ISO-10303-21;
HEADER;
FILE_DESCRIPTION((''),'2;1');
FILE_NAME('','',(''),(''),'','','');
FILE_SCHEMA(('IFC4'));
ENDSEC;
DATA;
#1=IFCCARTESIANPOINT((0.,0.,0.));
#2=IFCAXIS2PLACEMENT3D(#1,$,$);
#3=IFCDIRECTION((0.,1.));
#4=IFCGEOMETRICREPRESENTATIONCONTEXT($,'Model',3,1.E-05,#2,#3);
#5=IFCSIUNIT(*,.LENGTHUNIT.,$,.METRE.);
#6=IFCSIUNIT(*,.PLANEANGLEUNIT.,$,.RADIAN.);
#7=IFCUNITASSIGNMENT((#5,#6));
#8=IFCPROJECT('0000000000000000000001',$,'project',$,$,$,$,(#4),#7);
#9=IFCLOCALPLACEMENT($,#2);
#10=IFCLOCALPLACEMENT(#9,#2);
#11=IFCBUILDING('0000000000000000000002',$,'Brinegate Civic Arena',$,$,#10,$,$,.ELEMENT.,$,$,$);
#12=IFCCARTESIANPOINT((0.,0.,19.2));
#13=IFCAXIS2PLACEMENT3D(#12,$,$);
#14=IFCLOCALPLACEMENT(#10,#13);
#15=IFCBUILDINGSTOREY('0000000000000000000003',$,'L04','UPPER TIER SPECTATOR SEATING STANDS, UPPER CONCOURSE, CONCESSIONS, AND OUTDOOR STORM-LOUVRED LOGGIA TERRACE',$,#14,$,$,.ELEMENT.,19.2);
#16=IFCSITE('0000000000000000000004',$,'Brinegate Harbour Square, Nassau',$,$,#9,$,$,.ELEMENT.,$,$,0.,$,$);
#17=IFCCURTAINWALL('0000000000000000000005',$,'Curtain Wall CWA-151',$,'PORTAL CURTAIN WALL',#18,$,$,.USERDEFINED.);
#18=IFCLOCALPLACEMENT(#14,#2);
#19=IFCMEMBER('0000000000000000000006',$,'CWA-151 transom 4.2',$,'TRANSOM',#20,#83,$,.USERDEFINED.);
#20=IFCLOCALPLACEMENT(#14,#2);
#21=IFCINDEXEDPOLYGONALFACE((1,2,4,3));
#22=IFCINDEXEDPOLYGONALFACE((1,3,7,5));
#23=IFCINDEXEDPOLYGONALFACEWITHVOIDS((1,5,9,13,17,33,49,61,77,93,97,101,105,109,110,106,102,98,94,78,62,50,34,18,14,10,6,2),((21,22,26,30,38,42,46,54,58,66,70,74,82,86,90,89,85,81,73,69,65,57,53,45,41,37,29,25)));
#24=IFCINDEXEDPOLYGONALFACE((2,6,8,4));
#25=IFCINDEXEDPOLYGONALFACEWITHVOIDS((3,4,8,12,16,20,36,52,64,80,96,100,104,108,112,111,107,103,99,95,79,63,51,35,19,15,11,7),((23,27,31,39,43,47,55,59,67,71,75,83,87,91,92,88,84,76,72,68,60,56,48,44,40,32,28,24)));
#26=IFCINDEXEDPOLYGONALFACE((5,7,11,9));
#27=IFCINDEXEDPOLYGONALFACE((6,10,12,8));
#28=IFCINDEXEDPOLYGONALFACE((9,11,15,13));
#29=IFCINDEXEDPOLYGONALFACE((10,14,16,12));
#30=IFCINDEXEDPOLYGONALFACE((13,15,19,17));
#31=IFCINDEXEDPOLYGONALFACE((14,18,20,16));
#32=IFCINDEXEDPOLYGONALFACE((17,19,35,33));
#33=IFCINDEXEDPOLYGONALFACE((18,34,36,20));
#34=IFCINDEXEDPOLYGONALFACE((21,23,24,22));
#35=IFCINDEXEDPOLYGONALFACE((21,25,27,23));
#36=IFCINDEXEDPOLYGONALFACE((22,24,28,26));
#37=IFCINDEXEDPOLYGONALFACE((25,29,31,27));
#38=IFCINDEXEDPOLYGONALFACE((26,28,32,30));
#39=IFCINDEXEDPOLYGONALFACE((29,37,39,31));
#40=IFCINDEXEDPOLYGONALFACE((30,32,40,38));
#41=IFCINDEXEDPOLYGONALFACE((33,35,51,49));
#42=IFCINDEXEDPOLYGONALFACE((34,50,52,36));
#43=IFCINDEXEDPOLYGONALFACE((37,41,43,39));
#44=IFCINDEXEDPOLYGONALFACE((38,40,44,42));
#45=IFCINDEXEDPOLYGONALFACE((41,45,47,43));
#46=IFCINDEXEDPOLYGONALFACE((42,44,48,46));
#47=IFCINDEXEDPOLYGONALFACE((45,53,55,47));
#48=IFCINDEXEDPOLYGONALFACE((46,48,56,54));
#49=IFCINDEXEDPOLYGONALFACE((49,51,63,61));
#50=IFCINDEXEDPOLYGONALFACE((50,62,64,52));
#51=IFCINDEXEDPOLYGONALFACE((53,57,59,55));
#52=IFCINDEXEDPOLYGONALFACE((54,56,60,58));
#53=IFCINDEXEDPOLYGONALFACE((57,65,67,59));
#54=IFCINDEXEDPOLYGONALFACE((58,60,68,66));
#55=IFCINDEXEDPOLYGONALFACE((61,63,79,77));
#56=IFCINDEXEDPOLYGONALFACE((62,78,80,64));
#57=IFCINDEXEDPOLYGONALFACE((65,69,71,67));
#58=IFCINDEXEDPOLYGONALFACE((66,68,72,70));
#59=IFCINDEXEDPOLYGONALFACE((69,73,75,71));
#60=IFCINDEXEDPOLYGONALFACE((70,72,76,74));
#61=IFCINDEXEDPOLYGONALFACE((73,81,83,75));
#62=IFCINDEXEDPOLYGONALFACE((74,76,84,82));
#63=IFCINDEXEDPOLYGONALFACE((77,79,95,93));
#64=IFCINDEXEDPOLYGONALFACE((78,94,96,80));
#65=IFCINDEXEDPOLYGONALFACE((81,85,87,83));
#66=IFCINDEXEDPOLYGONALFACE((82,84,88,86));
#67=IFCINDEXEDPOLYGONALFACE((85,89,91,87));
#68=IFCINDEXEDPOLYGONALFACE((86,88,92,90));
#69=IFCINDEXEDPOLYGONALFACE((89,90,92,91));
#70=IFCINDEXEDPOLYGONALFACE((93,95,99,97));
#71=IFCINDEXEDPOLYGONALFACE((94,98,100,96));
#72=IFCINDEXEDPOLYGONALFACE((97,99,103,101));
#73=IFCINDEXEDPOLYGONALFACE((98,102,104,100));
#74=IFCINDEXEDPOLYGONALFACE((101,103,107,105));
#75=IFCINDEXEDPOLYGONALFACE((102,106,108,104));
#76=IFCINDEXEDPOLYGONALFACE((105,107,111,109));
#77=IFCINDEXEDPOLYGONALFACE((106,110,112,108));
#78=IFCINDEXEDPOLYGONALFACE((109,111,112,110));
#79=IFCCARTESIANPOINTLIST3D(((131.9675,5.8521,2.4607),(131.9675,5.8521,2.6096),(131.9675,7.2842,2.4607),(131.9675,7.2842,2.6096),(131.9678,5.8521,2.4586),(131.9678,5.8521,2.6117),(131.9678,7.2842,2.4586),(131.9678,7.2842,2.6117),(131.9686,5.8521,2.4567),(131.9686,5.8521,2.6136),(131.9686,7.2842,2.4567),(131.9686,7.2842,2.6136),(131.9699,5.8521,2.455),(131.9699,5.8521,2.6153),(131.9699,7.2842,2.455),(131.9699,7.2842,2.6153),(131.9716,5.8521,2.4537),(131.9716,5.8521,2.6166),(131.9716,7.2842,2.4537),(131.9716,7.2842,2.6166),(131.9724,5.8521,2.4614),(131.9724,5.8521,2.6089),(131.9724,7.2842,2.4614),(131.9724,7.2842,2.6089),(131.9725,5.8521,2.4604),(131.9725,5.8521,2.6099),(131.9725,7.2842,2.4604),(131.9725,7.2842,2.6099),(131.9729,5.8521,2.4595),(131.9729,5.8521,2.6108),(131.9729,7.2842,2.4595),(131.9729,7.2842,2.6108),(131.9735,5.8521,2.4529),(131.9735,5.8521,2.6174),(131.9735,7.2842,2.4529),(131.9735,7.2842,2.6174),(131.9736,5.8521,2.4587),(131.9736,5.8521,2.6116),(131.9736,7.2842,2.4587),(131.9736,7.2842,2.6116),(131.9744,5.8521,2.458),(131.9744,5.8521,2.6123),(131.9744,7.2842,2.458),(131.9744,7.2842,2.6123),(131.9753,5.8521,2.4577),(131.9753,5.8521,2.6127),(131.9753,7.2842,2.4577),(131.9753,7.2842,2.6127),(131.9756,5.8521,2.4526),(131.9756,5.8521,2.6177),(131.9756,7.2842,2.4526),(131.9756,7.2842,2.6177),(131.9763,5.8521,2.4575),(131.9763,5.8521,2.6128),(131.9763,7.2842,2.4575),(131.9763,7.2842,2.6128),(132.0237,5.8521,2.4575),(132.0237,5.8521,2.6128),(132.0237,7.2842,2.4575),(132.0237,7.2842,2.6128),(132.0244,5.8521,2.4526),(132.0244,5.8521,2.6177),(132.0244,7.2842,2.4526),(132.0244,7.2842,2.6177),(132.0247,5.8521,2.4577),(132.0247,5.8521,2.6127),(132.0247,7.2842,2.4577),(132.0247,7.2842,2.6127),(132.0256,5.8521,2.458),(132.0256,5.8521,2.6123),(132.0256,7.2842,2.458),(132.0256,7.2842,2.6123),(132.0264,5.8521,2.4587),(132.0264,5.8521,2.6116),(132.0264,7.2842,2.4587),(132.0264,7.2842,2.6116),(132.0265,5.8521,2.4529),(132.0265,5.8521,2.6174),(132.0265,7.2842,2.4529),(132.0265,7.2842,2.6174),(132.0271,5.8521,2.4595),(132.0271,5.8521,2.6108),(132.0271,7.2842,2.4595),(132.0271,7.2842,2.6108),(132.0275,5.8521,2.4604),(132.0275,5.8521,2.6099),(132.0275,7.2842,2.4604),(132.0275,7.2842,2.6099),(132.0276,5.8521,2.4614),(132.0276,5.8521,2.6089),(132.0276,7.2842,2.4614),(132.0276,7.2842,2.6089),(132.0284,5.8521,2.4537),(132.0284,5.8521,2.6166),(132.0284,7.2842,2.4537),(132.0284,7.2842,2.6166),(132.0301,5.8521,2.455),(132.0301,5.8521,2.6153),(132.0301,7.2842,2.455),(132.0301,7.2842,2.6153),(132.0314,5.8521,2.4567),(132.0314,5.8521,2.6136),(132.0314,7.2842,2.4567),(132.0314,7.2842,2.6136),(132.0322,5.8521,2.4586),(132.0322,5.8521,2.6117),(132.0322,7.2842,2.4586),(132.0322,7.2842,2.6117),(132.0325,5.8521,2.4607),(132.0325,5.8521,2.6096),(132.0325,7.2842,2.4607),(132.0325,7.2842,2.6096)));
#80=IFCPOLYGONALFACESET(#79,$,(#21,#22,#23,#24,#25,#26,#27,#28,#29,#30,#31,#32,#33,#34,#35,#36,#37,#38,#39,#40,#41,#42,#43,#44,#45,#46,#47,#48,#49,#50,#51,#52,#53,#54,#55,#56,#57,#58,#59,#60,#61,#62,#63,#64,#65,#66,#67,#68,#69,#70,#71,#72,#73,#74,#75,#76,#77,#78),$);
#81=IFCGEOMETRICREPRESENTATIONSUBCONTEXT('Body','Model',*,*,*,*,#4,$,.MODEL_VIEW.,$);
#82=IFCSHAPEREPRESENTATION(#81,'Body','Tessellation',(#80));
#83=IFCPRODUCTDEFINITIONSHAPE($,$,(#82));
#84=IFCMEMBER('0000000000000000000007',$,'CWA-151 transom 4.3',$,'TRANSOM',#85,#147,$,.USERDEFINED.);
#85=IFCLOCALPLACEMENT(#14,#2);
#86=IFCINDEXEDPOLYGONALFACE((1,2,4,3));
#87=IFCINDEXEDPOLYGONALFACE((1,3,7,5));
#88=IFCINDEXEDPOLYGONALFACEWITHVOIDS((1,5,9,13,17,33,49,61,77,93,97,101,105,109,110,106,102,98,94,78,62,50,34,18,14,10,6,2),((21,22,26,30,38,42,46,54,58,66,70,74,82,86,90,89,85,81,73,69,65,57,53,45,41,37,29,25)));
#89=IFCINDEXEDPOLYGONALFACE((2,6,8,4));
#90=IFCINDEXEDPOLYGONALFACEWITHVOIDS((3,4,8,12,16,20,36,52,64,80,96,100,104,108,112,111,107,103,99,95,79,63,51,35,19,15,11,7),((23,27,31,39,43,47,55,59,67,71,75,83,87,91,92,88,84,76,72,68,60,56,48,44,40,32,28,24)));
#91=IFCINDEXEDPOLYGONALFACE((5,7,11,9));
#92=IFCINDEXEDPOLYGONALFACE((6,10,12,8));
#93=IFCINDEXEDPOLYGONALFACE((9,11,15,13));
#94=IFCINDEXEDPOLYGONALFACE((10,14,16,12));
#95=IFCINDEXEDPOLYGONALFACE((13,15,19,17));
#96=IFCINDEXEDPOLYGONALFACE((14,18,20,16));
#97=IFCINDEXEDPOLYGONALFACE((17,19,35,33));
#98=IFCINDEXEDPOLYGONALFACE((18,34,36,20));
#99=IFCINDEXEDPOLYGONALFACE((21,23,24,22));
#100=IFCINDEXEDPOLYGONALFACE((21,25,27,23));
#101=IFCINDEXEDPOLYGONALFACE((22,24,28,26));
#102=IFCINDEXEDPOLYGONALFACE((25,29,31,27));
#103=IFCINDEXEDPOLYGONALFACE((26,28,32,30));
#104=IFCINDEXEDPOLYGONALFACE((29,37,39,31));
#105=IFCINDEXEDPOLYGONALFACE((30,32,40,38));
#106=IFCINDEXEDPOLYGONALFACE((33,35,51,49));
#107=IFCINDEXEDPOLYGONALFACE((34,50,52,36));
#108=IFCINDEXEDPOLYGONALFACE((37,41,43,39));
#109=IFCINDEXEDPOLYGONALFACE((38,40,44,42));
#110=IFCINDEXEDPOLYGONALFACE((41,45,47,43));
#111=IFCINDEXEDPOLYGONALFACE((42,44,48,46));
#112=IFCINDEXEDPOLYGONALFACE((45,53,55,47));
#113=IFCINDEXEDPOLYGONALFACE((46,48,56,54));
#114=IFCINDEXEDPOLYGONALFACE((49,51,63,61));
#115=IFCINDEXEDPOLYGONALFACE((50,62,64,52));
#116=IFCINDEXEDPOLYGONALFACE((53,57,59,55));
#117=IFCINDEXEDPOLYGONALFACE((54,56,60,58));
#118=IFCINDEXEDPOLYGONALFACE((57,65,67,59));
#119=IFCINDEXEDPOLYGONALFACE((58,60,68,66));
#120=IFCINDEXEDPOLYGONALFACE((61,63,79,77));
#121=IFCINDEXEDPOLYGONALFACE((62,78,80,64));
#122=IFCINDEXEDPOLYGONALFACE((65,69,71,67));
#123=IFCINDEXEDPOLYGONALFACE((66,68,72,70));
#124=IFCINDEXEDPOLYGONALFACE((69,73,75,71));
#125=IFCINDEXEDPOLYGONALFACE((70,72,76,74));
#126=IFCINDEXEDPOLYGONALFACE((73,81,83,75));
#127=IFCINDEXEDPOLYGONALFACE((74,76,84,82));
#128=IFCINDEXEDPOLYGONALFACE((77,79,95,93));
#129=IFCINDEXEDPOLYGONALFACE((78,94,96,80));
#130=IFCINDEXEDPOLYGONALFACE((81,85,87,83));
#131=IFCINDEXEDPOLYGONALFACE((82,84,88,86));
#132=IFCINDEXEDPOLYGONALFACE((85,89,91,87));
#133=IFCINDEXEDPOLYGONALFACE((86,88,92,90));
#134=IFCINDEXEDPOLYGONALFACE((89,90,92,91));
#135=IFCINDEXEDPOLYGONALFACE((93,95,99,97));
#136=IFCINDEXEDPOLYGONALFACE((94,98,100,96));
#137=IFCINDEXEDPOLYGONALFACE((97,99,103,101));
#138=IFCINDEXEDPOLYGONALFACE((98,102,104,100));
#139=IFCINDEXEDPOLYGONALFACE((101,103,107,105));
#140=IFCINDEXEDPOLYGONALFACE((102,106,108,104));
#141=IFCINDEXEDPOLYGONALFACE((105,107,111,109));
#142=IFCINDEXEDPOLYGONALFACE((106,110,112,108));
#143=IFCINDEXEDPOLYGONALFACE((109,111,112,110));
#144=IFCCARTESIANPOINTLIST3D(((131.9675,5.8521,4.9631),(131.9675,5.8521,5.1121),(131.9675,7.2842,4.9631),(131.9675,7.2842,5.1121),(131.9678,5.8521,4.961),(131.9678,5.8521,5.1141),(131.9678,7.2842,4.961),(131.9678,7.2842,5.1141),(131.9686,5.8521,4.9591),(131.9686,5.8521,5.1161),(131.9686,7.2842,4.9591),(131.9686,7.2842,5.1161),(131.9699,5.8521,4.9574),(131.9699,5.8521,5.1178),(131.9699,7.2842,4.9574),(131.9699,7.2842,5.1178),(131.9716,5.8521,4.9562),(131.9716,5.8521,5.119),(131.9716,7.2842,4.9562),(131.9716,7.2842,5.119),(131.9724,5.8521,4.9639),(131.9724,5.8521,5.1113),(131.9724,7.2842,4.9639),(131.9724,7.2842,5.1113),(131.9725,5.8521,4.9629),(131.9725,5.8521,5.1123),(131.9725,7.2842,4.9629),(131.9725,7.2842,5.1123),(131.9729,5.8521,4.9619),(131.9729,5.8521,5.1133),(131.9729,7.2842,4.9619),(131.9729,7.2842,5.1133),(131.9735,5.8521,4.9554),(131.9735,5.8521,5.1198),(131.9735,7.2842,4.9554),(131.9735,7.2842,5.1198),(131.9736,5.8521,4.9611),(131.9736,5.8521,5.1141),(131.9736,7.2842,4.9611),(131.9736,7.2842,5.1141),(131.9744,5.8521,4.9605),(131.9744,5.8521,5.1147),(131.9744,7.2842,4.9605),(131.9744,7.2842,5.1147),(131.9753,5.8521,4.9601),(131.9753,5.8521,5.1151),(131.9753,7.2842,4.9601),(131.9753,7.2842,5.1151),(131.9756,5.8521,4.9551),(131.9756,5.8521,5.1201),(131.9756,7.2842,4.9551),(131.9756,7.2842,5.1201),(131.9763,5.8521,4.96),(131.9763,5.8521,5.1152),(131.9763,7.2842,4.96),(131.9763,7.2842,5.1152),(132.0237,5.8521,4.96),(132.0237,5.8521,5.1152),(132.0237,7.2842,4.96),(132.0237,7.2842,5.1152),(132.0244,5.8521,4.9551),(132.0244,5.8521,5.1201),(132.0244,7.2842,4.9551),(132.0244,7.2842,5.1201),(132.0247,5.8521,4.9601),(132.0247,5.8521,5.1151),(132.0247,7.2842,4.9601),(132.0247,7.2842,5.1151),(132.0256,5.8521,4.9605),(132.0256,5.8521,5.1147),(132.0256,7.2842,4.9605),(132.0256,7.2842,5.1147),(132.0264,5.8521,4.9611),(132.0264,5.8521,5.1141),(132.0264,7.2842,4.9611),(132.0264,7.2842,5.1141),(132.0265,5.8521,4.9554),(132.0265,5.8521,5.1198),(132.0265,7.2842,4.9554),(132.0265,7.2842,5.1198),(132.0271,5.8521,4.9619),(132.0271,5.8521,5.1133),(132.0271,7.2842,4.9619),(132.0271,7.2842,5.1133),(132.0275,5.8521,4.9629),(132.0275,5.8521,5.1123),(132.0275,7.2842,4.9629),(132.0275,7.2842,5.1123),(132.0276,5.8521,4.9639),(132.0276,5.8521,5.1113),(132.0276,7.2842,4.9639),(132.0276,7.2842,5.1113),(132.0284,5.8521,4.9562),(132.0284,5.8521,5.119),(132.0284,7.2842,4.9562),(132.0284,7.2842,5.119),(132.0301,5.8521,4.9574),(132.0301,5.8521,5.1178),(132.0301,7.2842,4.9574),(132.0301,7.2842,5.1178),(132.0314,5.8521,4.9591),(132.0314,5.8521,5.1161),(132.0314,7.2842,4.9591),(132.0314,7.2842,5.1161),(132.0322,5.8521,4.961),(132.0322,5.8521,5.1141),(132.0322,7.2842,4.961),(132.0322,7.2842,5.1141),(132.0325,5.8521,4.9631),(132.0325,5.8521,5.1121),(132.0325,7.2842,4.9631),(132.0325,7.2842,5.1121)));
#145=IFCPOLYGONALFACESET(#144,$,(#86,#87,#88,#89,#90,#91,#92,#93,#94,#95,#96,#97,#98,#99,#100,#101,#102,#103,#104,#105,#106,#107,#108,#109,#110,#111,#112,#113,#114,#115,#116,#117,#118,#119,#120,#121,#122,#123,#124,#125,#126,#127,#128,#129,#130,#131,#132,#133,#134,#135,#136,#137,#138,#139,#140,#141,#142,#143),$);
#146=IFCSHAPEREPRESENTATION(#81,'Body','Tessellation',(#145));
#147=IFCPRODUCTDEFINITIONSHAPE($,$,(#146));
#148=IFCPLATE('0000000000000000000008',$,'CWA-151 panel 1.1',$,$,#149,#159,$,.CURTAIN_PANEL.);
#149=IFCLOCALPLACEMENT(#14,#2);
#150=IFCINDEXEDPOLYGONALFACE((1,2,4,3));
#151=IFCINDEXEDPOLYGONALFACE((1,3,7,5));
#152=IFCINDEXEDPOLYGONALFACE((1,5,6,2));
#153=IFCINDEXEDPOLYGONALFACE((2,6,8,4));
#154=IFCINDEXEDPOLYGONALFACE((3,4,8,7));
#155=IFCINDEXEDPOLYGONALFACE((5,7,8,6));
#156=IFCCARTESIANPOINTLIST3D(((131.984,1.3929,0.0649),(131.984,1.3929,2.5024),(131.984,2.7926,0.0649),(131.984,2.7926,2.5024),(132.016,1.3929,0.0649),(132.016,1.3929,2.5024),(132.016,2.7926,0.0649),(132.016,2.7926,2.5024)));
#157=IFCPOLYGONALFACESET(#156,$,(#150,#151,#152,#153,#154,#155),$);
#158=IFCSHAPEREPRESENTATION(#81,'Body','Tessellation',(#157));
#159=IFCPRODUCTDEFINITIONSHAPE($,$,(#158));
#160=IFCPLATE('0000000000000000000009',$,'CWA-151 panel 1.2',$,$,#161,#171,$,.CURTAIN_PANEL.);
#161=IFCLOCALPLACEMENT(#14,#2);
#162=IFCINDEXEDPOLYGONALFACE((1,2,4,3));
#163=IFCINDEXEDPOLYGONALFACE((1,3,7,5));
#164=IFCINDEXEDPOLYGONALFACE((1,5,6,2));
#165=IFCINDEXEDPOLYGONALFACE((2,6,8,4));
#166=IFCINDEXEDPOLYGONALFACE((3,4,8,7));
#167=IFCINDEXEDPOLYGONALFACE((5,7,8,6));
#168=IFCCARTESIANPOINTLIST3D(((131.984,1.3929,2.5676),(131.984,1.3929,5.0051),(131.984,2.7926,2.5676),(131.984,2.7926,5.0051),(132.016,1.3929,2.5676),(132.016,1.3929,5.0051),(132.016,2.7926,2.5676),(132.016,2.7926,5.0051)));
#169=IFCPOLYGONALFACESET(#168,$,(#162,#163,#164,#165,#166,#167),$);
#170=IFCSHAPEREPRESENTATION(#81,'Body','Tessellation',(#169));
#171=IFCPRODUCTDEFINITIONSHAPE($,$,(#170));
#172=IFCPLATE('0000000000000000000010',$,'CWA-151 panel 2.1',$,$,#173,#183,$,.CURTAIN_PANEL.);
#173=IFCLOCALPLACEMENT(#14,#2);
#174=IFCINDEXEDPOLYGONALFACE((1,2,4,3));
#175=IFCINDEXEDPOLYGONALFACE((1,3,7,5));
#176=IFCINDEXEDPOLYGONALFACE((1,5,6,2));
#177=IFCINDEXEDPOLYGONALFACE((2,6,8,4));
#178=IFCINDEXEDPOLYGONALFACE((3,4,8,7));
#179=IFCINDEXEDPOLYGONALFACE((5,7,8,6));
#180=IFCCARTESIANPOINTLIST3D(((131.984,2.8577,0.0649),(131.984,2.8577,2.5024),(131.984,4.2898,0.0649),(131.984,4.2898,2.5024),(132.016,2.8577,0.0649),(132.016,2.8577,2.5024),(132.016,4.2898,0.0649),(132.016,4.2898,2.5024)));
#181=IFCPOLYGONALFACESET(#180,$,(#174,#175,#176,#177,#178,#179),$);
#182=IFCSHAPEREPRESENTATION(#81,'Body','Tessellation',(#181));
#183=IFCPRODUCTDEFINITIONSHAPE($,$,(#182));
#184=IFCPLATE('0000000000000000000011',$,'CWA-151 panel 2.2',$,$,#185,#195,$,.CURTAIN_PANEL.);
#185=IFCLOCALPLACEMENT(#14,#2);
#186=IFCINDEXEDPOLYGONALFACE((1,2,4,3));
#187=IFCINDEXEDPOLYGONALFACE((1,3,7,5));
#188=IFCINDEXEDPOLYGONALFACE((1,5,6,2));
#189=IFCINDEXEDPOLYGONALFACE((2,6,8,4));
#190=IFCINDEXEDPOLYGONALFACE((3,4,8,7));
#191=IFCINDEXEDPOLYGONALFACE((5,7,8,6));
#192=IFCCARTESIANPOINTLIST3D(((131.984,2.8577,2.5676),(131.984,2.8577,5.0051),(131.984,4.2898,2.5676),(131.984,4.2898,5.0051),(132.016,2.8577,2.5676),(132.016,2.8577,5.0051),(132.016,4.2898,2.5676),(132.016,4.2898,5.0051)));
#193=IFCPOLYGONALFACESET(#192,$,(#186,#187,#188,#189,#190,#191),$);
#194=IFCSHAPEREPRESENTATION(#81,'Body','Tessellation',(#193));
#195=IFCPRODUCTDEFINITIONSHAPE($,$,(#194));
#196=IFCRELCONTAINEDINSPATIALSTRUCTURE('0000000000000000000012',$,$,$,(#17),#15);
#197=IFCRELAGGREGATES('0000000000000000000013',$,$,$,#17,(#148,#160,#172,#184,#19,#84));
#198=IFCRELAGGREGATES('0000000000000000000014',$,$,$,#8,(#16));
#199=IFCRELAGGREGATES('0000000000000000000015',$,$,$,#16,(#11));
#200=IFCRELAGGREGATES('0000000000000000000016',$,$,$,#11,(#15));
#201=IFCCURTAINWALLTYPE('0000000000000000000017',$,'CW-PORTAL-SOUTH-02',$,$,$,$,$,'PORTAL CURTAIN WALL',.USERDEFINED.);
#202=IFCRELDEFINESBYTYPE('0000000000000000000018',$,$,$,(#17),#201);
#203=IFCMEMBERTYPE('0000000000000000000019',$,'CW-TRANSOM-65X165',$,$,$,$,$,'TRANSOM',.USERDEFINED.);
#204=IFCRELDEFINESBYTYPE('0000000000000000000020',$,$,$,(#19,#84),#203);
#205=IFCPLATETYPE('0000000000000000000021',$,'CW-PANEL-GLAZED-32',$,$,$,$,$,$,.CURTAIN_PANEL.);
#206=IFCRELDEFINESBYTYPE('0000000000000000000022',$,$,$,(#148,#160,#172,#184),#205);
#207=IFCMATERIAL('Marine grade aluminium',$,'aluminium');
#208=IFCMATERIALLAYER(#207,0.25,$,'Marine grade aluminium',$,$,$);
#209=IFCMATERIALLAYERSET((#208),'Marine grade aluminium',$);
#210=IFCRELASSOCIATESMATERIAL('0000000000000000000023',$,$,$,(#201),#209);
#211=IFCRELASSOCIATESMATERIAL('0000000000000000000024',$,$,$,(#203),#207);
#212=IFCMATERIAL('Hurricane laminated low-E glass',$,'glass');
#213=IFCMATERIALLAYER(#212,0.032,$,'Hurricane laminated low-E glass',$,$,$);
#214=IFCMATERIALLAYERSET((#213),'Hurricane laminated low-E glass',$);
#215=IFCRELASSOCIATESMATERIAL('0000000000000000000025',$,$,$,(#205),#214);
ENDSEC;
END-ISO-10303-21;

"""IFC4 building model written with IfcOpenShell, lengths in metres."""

from ifc_helpers import new_model, si_unit, direction, frame, origin, origin_2d, place, context, subcontext, project, spatial, rectangle, hollow_rectangle, extrude, material, layer, layer_set, material_profile, profile_set, type_object, element, aggregate, save


model = new_model("IFC4")

# Units and contexts
model_context = context("Model", 3, precision=1e-05, world=origin(), true_north=direction((0.0, 1.0)))
body_context = subcontext(model_context, "Body", "Model", "MODEL_VIEW")
ifc_project = project(units=[si_unit("LENGTHUNIT", "METRE"), si_unit("PLANEANGLEUNIT", "RADIAN")], contexts=[model_context])

# Site, building, storey
site_placement = place(None, origin())
site = spatial("IfcSite", under=ifc_project, at=site_placement, Name="Brinegate Harbour Square, Nassau", CompositionType="ELEMENT", RefElevation=0.0)
building_placement = place(site_placement, origin())
building = spatial("IfcBuilding", under=site, at=building_placement, Name="Brinegate Civic Arena", CompositionType="ELEMENT")
storey_placement = place(building_placement, frame((0.0, 0.0, 19.2)))
storey = spatial("IfcBuildingStorey", under=building, at=storey_placement, Name="L04", Description="UPPER TIER SPECTATOR SEATING STANDS, UPPER CONCOURSE, CONCESSIONS, AND OUTDOOR STORM-LOUVRED LOGGIA TERRACE", CompositionType="ELEMENT", Elevation=19.2)

# Curtain wall, members, plates
ifc_material_1 = material(Name="Marine grade aluminium", Category="aluminium")
ifc_layer_1 = layer(ifc_material_1, 0.25, Name="Marine grade aluminium")
ifc_layer_set_1 = layer_set([ifc_layer_1], Name="Marine grade aluminium")
curtain_wall_type = type_object("IfcCurtainWallType", Name="CW-PORTAL-SOUTH-02", ElementType="PORTAL CURTAIN WALL", PredefinedType="USERDEFINED", material=ifc_layer_set_1)
curtain_wall_placement = place(storey_placement, origin())
curtain_wall = element("IfcCurtainWall", 1, at=curtain_wall_placement, inside=storey, type_object=curtain_wall_type, Name="Curtain Wall CWA-151", ObjectType="PORTAL CURTAIN WALL", PredefinedType="USERDEFINED")
ifc_material_profile_1 = material_profile(ifc_material_1, hollow_rectangle(XDim=0.0649, YDim=0.165, WallThickness=0.0049, InnerFilletRadius=0.0039, OuterFilletRadius=0.0081, at=origin_2d()), Name="TRN65X165")
ifc_profile_set_1 = profile_set([ifc_material_profile_1], Name="Marine grade aluminium")
member_type_1 = type_object("IfcMemberType", Name="CW-TRANSOM-65X165", ElementType="TRANSOM", PredefinedType="USERDEFINED", material=ifc_profile_set_1)
member_1_placement = place(storey_placement, frame((132.0, 5.8521, 2.5352), z_axis=(0.0, 1.0, 0.0), x_axis=(-1.0, 0.0, 0.0)))
member_1 = element("IfcMember", 2, at=member_1_placement, type_object=member_type_1, Name="CWA-151 transom 4.2", ObjectType="TRANSOM", PredefinedType="USERDEFINED", context=body_context, shape_type="SweptSolid", body=[
    extrude(hollow_rectangle(XDim=0.0649, YDim=0.165, WallThickness=0.0049, InnerFilletRadius=0.0039, OuterFilletRadius=0.0081, at=origin_2d()), origin(), (0.0, 0.0, 1.0), 1.4321),
])
member_2_placement = place(storey_placement, frame((132.0, 5.8521, 5.0376), z_axis=(0.0, 1.0, 0.0), x_axis=(-1.0, 0.0, 0.0)))
member_2 = element("IfcMember", 3, at=member_2_placement, type_object=member_type_1, Name="CWA-151 transom 4.3", ObjectType="TRANSOM", PredefinedType="USERDEFINED", context=body_context, shape_type="SweptSolid", body=[
    extrude(hollow_rectangle(XDim=0.0649, YDim=0.165, WallThickness=0.0049, InnerFilletRadius=0.0039, OuterFilletRadius=0.0081, at=origin_2d()), origin(), (0.0, 0.0, 1.0), 1.4321),
])
ifc_material_2 = material(Name="Hurricane laminated low-E glass", Category="glass")
ifc_layer_2 = layer(ifc_material_2, 0.032, Name="Hurricane laminated low-E glass")
ifc_layer_set_2 = layer_set([ifc_layer_2], Name="Hurricane laminated low-E glass")
plate_type = type_object("IfcPlateType", Name="CW-PANEL-GLAZED-32", PredefinedType="CURTAIN_PANEL", material=ifc_layer_set_2)
plate_1_placement = place(storey_placement, frame((132.0, 2.0928, 0.0649), z_axis=(0.0, 0.0, 1.0), x_axis=(0.0, 1.0, 0.0)))
plate_1 = element("IfcPlate", 4, at=plate_1_placement, type_object=plate_type, Name="CWA-151 panel 1.1", PredefinedType="CURTAIN_PANEL", context=body_context, shape_type="SweptSolid", body=[
    extrude(rectangle(XDim=1.3997, YDim=0.032, at=origin_2d()), origin(), (0.0, 0.0, 1.0), 2.4375),
])
plate_2_placement = place(storey_placement, frame((132.0, 2.0928, 2.5676), z_axis=(0.0, 0.0, 1.0), x_axis=(0.0, 1.0, 0.0)))
plate_2 = element("IfcPlate", 5, at=plate_2_placement, type_object=plate_type, Name="CWA-151 panel 1.2", PredefinedType="CURTAIN_PANEL", context=body_context, shape_type="SweptSolid", body=[
    extrude(rectangle(XDim=1.3997, YDim=0.032, at=origin_2d()), origin(), (0.0, 0.0, 1.0), 2.4375),
])
plate_3_placement = place(storey_placement, frame((132.0, 3.5737, 0.0649), z_axis=(0.0, 0.0, 1.0), x_axis=(0.0, 1.0, 0.0)))
plate_3 = element("IfcPlate", 6, at=plate_3_placement, type_object=plate_type, Name="CWA-151 panel 2.1", PredefinedType="CURTAIN_PANEL", context=body_context, shape_type="SweptSolid", body=[
    extrude(rectangle(XDim=1.4321, YDim=0.032, at=origin_2d()), origin(), (0.0, 0.0, 1.0), 2.4375),
])
plate_4_placement = place(storey_placement, frame((132.0, 3.5737, 2.5676), z_axis=(0.0, 0.0, 1.0), x_axis=(0.0, 1.0, 0.0)))
plate_4 = element("IfcPlate", 7, at=plate_4_placement, type_object=plate_type, Name="CWA-151 panel 2.2", PredefinedType="CURTAIN_PANEL", context=body_context, shape_type="SweptSolid", body=[
    extrude(rectangle(XDim=1.4321, YDim=0.032, at=origin_2d()), origin(), (0.0, 0.0, 1.0), 2.4375),
])
aggregate(curtain_wall, [plate_1, plate_2, plate_3, plate_4, member_1, member_2])

save(model, "model.ifc")
